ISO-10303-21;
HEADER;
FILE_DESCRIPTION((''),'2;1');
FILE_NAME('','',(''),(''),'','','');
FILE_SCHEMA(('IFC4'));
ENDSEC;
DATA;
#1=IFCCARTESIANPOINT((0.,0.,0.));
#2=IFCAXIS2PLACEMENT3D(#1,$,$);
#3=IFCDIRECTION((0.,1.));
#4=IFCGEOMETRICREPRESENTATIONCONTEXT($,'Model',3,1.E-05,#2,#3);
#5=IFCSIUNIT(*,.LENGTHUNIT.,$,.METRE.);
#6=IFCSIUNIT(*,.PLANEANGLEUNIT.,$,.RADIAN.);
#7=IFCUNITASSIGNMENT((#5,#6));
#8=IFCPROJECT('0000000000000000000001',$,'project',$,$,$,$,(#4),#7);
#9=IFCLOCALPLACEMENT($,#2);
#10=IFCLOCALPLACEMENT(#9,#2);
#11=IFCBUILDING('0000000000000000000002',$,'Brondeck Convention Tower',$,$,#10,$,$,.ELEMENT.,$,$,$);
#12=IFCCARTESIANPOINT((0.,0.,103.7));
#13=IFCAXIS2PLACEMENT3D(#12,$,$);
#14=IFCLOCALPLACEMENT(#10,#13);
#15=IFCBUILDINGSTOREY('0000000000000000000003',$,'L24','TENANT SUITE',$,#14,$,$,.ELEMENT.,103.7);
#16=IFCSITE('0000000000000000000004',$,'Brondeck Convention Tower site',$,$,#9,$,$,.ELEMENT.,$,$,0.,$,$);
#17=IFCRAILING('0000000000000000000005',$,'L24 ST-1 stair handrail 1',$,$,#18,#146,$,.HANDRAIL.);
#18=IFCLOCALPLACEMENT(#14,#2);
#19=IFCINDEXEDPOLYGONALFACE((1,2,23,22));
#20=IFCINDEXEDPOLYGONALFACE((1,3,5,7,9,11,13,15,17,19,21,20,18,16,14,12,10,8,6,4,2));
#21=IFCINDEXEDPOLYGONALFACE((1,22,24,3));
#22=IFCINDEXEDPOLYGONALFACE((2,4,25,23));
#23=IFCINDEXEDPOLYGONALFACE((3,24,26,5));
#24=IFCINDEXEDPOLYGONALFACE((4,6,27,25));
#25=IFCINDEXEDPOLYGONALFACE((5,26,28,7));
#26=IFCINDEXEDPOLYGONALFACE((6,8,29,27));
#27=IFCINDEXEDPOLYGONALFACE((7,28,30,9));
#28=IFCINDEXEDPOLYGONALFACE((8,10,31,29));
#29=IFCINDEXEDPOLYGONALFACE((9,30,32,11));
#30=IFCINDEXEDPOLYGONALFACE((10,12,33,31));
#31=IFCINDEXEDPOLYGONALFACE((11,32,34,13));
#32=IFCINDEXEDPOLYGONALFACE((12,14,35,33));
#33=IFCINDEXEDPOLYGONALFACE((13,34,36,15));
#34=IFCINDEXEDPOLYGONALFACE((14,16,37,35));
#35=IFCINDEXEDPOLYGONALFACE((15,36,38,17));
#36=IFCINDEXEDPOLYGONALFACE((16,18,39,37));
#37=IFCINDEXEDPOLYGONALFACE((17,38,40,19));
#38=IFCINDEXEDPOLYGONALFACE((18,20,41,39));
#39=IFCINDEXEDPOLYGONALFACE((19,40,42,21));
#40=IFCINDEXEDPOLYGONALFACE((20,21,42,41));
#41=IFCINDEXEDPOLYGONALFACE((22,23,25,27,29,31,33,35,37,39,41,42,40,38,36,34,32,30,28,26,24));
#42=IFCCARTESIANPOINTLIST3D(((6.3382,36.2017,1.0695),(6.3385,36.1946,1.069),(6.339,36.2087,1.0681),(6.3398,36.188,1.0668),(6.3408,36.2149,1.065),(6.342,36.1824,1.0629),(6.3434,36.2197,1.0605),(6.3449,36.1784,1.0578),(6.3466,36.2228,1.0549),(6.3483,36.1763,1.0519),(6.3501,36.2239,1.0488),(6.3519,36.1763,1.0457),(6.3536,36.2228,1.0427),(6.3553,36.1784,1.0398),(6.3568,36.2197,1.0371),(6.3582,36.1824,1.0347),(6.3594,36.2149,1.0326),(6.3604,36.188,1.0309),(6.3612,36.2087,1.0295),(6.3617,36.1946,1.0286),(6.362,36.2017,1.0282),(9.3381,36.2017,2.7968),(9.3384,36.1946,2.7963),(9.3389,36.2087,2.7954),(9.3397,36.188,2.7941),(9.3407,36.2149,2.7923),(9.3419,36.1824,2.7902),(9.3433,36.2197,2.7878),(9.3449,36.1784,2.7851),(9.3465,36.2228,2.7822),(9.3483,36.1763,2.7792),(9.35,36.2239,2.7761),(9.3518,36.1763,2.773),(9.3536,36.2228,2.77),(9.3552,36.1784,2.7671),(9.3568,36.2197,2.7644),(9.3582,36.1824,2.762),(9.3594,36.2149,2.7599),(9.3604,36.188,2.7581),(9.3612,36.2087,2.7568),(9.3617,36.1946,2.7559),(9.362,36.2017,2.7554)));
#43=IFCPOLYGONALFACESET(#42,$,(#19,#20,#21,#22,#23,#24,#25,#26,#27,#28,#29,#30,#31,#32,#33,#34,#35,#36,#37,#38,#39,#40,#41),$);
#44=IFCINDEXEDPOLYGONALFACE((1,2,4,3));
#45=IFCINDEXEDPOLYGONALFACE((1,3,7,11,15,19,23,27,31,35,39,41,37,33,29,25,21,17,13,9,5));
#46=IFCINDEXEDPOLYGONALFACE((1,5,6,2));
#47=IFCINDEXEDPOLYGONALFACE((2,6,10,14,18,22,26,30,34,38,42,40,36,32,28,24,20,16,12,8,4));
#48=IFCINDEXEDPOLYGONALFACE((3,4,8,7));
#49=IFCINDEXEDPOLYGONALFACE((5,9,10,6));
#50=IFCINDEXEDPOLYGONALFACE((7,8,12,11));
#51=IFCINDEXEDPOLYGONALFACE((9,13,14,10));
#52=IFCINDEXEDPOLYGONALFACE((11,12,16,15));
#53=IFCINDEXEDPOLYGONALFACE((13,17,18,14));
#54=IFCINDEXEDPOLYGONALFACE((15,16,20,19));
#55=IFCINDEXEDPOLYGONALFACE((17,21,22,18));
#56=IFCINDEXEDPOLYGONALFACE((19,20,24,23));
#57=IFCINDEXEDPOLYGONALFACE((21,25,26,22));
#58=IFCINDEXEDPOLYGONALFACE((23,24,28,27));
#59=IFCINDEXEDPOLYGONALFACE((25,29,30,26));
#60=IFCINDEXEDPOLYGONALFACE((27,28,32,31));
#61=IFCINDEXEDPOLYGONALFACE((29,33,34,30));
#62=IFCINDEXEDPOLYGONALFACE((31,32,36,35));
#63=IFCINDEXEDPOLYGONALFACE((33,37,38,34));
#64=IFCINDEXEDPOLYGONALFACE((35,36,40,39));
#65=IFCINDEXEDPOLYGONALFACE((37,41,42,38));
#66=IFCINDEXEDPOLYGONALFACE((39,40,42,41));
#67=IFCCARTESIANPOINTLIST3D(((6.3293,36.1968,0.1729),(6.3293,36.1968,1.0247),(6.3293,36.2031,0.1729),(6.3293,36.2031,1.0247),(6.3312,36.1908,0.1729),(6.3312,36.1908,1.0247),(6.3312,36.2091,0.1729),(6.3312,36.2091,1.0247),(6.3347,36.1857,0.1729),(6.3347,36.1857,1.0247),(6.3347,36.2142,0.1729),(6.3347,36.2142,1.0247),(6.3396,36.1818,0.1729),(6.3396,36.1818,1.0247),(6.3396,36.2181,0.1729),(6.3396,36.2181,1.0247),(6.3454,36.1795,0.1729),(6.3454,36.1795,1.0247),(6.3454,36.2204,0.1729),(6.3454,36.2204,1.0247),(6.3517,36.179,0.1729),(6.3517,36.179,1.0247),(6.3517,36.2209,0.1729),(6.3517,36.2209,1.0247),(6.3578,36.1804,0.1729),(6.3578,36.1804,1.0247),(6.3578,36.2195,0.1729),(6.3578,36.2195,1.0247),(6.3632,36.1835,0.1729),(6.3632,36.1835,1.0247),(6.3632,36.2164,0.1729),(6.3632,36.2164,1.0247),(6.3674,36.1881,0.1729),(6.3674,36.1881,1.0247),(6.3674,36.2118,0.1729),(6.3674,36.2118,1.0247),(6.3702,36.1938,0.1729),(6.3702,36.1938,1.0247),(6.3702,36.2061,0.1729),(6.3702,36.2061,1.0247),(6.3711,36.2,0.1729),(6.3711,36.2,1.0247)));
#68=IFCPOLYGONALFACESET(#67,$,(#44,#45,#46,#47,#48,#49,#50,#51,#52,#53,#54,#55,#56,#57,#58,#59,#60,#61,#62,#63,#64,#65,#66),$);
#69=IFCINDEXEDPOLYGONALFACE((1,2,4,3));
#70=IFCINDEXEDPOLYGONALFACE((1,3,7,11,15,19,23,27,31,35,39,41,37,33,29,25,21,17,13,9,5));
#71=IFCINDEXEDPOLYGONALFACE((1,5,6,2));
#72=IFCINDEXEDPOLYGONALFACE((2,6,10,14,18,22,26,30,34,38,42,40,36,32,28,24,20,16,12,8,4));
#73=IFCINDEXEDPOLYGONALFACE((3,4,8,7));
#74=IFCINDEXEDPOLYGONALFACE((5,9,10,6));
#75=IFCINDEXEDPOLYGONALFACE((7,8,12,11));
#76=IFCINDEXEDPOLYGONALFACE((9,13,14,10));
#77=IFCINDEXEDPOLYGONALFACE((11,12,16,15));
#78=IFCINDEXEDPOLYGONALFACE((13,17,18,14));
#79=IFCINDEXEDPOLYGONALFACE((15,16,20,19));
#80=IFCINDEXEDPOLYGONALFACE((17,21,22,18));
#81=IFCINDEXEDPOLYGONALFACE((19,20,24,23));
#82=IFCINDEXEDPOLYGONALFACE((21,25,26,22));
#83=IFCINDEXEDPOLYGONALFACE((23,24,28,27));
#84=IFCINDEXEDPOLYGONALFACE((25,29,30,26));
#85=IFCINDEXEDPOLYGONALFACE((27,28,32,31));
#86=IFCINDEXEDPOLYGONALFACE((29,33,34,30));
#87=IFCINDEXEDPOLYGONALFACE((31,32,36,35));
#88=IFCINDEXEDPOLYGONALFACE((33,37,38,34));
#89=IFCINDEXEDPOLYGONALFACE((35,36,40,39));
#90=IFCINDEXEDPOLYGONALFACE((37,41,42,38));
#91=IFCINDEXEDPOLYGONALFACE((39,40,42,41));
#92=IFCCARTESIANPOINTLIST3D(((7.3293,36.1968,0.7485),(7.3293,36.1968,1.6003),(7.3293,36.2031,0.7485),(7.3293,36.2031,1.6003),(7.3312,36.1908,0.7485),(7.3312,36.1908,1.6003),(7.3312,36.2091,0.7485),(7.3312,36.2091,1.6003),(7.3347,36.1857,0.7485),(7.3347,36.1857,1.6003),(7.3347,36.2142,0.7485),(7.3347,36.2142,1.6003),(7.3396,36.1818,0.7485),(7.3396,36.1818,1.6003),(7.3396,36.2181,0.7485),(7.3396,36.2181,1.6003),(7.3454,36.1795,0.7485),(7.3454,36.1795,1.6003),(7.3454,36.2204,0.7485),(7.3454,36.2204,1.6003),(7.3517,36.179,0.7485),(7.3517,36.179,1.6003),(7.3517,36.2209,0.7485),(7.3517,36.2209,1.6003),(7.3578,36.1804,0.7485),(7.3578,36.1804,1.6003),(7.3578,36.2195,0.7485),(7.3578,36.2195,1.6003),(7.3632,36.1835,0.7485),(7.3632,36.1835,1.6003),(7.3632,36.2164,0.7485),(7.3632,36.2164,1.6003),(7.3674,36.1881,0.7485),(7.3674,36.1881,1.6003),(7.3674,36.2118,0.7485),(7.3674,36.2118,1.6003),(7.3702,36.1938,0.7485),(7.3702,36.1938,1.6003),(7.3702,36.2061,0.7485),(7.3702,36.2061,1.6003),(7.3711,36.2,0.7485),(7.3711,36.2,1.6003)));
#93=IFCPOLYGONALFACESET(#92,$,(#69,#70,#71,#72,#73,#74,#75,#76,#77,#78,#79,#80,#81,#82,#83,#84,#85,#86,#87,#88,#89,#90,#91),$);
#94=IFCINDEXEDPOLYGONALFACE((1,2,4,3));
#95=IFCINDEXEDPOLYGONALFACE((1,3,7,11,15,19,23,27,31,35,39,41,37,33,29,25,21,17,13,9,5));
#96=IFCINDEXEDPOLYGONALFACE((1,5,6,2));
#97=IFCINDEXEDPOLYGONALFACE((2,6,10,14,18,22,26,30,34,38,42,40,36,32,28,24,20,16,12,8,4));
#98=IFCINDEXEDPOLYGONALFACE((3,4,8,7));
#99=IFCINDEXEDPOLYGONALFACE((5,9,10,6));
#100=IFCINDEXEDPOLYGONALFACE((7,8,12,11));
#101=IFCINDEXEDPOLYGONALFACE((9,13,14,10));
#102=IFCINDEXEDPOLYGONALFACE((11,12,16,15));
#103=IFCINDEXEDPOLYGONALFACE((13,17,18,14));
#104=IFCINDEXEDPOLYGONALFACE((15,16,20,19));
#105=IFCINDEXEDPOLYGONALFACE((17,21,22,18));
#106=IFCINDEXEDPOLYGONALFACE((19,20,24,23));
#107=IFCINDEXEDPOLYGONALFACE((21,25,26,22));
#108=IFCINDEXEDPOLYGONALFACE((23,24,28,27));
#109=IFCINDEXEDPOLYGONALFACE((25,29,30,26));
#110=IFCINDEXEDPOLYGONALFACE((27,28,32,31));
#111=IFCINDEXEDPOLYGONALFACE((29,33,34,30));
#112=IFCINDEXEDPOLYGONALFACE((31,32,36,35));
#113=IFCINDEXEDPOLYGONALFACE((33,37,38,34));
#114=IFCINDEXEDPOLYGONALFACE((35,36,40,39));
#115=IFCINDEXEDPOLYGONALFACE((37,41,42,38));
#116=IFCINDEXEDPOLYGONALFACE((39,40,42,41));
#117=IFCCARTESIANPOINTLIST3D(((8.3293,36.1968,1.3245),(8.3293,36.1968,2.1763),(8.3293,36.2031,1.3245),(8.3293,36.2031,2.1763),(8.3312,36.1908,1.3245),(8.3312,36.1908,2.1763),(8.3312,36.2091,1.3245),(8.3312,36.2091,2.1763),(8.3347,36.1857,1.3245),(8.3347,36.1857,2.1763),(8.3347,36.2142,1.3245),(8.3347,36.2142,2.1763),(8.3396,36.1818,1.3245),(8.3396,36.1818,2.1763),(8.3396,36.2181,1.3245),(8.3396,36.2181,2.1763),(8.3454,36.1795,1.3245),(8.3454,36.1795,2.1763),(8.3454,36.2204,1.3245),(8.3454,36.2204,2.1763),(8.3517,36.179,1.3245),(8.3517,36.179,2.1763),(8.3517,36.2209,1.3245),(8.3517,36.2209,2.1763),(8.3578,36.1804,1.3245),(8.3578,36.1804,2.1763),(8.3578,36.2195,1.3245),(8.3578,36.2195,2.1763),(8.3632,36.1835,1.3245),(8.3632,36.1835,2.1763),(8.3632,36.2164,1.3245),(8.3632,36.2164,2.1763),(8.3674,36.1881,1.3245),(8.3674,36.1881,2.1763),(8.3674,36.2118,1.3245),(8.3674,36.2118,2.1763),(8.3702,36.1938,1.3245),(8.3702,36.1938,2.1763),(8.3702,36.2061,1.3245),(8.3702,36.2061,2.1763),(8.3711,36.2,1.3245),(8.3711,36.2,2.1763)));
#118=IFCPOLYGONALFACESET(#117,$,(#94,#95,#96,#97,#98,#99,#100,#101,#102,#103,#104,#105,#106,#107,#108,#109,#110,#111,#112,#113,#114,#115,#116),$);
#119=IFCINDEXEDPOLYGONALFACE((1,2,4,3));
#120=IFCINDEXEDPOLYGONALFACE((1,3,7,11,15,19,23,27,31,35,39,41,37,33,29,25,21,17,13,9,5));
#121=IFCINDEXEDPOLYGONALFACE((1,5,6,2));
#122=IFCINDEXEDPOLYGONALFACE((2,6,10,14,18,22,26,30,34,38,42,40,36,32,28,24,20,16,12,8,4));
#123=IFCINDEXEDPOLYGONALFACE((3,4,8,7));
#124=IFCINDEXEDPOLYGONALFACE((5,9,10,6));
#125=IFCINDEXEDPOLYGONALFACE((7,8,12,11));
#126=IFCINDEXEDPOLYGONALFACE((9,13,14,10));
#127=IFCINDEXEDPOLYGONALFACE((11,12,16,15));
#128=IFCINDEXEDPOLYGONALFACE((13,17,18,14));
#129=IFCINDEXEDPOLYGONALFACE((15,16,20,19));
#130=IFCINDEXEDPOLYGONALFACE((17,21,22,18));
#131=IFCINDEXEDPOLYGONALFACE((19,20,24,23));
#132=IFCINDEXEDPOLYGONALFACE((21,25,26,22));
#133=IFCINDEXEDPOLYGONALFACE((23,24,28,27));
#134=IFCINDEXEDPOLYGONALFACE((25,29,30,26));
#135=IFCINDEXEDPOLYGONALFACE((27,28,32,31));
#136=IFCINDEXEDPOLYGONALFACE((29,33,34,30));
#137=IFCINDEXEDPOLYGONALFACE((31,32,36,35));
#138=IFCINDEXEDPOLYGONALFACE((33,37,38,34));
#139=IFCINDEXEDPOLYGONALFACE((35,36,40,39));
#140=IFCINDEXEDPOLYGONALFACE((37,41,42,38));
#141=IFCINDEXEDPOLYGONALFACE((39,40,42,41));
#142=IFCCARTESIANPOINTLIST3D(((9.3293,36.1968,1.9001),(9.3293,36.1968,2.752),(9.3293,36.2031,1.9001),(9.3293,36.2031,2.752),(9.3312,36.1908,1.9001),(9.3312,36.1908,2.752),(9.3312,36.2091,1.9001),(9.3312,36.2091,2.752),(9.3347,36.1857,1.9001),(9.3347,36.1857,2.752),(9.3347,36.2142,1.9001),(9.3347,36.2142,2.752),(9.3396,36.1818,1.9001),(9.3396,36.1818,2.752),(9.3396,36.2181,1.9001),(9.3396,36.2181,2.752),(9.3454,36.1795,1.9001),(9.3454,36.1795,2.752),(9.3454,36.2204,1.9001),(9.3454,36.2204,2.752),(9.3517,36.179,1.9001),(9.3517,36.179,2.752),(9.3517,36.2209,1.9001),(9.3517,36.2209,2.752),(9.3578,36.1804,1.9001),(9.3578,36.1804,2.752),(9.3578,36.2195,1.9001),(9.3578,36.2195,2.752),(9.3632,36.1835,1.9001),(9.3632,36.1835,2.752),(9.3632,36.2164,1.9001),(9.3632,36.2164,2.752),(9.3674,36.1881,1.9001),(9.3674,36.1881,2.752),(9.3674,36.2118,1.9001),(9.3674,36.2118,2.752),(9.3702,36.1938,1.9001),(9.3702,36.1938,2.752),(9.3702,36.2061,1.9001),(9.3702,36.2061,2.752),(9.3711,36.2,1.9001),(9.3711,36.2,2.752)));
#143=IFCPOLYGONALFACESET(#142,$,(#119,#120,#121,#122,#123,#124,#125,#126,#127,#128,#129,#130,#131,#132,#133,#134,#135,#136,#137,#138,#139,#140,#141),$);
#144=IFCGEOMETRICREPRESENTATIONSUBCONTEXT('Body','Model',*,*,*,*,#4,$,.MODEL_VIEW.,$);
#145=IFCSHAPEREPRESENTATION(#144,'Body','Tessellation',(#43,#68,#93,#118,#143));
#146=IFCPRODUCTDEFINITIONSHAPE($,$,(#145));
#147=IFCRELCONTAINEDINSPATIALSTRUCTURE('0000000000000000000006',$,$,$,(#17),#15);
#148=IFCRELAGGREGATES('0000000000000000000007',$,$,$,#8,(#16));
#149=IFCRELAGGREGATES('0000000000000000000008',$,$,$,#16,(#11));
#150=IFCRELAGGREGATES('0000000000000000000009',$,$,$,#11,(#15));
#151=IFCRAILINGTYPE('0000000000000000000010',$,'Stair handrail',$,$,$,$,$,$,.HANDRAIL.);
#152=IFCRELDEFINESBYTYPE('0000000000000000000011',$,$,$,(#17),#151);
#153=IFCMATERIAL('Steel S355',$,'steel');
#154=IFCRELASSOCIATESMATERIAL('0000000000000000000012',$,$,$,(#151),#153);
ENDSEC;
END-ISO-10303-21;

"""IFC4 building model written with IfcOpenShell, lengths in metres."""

from ifc_helpers import new_model, si_unit, direction, frame, origin, origin_2d, place, context, subcontext, project, spatial, circle, extrude, material, type_object, element, save


model = new_model("IFC4")

# Units and contexts
model_context = context("Model", 3, precision=1e-05, world=origin(), true_north=direction((0.0, 1.0)))
body_context = subcontext(model_context, "Body", "Model", "MODEL_VIEW")
ifc_project = project(units=[si_unit("LENGTHUNIT", "METRE"), si_unit("PLANEANGLEUNIT", "RADIAN")], contexts=[model_context])

# Site, building, storey
site_placement = place(None, origin())
site = spatial("IfcSite", under=ifc_project, at=site_placement, Name="Brondeck Convention Tower site", CompositionType="ELEMENT", RefElevation=0.0)
building_placement = place(site_placement, origin())
building = spatial("IfcBuilding", under=site, at=building_placement, Name="Brondeck Convention Tower", CompositionType="ELEMENT")
storey_placement = place(building_placement, frame((0.0, 0.0, 103.7)))
storey = spatial("IfcBuildingStorey", under=building, at=storey_placement, Name="L24", Description="TENANT SUITE", CompositionType="ELEMENT", Elevation=103.7)

# Railing
ifc_material_1 = material(Name="Steel S355", Category="steel")
railing_type_1 = type_object("IfcRailingType", Name="Stair handrail", PredefinedType="HANDRAIL", material=ifc_material_1)
railing_1_placement = place(storey_placement, frame((6.3501, 36.2, 0.1729)))
element("IfcRailing", 1, at=railing_1_placement, inside=storey, type_object=railing_type_1, Name="L24 ST-1 stair handrail 1", PredefinedType="HANDRAIL", context=body_context, shape_type="SweptSolid", body=[
    extrude(circle(Radius=0.0239, at=origin_2d()), frame((0.0, 0.0, 0.876), z_axis=(0.86662, 0.0, 0.498969), x_axis=(0.0, 1.0, 0.0)), (0.0, 0.0, 1.0), 3.4617),
    extrude(circle(Radius=0.021, at=origin_2d()), origin(), (0.0, 0.0, 1.0), 0.8518),
    extrude(circle(Radius=0.021, at=origin_2d()), frame((1.0, 0.0, 0.5757)), (0.0, 0.0, 1.0), 0.8518),
    extrude(circle(Radius=0.021, at=origin_2d()), frame((2.0, 0.0, 1.1516)), (0.0, 0.0, 1.0), 0.8518),
    extrude(circle(Radius=0.021, at=origin_2d()), frame((3.0, 0.0, 1.7273)), (0.0, 0.0, 1.0), 0.8518),
])

save(model, "model.ifc")
